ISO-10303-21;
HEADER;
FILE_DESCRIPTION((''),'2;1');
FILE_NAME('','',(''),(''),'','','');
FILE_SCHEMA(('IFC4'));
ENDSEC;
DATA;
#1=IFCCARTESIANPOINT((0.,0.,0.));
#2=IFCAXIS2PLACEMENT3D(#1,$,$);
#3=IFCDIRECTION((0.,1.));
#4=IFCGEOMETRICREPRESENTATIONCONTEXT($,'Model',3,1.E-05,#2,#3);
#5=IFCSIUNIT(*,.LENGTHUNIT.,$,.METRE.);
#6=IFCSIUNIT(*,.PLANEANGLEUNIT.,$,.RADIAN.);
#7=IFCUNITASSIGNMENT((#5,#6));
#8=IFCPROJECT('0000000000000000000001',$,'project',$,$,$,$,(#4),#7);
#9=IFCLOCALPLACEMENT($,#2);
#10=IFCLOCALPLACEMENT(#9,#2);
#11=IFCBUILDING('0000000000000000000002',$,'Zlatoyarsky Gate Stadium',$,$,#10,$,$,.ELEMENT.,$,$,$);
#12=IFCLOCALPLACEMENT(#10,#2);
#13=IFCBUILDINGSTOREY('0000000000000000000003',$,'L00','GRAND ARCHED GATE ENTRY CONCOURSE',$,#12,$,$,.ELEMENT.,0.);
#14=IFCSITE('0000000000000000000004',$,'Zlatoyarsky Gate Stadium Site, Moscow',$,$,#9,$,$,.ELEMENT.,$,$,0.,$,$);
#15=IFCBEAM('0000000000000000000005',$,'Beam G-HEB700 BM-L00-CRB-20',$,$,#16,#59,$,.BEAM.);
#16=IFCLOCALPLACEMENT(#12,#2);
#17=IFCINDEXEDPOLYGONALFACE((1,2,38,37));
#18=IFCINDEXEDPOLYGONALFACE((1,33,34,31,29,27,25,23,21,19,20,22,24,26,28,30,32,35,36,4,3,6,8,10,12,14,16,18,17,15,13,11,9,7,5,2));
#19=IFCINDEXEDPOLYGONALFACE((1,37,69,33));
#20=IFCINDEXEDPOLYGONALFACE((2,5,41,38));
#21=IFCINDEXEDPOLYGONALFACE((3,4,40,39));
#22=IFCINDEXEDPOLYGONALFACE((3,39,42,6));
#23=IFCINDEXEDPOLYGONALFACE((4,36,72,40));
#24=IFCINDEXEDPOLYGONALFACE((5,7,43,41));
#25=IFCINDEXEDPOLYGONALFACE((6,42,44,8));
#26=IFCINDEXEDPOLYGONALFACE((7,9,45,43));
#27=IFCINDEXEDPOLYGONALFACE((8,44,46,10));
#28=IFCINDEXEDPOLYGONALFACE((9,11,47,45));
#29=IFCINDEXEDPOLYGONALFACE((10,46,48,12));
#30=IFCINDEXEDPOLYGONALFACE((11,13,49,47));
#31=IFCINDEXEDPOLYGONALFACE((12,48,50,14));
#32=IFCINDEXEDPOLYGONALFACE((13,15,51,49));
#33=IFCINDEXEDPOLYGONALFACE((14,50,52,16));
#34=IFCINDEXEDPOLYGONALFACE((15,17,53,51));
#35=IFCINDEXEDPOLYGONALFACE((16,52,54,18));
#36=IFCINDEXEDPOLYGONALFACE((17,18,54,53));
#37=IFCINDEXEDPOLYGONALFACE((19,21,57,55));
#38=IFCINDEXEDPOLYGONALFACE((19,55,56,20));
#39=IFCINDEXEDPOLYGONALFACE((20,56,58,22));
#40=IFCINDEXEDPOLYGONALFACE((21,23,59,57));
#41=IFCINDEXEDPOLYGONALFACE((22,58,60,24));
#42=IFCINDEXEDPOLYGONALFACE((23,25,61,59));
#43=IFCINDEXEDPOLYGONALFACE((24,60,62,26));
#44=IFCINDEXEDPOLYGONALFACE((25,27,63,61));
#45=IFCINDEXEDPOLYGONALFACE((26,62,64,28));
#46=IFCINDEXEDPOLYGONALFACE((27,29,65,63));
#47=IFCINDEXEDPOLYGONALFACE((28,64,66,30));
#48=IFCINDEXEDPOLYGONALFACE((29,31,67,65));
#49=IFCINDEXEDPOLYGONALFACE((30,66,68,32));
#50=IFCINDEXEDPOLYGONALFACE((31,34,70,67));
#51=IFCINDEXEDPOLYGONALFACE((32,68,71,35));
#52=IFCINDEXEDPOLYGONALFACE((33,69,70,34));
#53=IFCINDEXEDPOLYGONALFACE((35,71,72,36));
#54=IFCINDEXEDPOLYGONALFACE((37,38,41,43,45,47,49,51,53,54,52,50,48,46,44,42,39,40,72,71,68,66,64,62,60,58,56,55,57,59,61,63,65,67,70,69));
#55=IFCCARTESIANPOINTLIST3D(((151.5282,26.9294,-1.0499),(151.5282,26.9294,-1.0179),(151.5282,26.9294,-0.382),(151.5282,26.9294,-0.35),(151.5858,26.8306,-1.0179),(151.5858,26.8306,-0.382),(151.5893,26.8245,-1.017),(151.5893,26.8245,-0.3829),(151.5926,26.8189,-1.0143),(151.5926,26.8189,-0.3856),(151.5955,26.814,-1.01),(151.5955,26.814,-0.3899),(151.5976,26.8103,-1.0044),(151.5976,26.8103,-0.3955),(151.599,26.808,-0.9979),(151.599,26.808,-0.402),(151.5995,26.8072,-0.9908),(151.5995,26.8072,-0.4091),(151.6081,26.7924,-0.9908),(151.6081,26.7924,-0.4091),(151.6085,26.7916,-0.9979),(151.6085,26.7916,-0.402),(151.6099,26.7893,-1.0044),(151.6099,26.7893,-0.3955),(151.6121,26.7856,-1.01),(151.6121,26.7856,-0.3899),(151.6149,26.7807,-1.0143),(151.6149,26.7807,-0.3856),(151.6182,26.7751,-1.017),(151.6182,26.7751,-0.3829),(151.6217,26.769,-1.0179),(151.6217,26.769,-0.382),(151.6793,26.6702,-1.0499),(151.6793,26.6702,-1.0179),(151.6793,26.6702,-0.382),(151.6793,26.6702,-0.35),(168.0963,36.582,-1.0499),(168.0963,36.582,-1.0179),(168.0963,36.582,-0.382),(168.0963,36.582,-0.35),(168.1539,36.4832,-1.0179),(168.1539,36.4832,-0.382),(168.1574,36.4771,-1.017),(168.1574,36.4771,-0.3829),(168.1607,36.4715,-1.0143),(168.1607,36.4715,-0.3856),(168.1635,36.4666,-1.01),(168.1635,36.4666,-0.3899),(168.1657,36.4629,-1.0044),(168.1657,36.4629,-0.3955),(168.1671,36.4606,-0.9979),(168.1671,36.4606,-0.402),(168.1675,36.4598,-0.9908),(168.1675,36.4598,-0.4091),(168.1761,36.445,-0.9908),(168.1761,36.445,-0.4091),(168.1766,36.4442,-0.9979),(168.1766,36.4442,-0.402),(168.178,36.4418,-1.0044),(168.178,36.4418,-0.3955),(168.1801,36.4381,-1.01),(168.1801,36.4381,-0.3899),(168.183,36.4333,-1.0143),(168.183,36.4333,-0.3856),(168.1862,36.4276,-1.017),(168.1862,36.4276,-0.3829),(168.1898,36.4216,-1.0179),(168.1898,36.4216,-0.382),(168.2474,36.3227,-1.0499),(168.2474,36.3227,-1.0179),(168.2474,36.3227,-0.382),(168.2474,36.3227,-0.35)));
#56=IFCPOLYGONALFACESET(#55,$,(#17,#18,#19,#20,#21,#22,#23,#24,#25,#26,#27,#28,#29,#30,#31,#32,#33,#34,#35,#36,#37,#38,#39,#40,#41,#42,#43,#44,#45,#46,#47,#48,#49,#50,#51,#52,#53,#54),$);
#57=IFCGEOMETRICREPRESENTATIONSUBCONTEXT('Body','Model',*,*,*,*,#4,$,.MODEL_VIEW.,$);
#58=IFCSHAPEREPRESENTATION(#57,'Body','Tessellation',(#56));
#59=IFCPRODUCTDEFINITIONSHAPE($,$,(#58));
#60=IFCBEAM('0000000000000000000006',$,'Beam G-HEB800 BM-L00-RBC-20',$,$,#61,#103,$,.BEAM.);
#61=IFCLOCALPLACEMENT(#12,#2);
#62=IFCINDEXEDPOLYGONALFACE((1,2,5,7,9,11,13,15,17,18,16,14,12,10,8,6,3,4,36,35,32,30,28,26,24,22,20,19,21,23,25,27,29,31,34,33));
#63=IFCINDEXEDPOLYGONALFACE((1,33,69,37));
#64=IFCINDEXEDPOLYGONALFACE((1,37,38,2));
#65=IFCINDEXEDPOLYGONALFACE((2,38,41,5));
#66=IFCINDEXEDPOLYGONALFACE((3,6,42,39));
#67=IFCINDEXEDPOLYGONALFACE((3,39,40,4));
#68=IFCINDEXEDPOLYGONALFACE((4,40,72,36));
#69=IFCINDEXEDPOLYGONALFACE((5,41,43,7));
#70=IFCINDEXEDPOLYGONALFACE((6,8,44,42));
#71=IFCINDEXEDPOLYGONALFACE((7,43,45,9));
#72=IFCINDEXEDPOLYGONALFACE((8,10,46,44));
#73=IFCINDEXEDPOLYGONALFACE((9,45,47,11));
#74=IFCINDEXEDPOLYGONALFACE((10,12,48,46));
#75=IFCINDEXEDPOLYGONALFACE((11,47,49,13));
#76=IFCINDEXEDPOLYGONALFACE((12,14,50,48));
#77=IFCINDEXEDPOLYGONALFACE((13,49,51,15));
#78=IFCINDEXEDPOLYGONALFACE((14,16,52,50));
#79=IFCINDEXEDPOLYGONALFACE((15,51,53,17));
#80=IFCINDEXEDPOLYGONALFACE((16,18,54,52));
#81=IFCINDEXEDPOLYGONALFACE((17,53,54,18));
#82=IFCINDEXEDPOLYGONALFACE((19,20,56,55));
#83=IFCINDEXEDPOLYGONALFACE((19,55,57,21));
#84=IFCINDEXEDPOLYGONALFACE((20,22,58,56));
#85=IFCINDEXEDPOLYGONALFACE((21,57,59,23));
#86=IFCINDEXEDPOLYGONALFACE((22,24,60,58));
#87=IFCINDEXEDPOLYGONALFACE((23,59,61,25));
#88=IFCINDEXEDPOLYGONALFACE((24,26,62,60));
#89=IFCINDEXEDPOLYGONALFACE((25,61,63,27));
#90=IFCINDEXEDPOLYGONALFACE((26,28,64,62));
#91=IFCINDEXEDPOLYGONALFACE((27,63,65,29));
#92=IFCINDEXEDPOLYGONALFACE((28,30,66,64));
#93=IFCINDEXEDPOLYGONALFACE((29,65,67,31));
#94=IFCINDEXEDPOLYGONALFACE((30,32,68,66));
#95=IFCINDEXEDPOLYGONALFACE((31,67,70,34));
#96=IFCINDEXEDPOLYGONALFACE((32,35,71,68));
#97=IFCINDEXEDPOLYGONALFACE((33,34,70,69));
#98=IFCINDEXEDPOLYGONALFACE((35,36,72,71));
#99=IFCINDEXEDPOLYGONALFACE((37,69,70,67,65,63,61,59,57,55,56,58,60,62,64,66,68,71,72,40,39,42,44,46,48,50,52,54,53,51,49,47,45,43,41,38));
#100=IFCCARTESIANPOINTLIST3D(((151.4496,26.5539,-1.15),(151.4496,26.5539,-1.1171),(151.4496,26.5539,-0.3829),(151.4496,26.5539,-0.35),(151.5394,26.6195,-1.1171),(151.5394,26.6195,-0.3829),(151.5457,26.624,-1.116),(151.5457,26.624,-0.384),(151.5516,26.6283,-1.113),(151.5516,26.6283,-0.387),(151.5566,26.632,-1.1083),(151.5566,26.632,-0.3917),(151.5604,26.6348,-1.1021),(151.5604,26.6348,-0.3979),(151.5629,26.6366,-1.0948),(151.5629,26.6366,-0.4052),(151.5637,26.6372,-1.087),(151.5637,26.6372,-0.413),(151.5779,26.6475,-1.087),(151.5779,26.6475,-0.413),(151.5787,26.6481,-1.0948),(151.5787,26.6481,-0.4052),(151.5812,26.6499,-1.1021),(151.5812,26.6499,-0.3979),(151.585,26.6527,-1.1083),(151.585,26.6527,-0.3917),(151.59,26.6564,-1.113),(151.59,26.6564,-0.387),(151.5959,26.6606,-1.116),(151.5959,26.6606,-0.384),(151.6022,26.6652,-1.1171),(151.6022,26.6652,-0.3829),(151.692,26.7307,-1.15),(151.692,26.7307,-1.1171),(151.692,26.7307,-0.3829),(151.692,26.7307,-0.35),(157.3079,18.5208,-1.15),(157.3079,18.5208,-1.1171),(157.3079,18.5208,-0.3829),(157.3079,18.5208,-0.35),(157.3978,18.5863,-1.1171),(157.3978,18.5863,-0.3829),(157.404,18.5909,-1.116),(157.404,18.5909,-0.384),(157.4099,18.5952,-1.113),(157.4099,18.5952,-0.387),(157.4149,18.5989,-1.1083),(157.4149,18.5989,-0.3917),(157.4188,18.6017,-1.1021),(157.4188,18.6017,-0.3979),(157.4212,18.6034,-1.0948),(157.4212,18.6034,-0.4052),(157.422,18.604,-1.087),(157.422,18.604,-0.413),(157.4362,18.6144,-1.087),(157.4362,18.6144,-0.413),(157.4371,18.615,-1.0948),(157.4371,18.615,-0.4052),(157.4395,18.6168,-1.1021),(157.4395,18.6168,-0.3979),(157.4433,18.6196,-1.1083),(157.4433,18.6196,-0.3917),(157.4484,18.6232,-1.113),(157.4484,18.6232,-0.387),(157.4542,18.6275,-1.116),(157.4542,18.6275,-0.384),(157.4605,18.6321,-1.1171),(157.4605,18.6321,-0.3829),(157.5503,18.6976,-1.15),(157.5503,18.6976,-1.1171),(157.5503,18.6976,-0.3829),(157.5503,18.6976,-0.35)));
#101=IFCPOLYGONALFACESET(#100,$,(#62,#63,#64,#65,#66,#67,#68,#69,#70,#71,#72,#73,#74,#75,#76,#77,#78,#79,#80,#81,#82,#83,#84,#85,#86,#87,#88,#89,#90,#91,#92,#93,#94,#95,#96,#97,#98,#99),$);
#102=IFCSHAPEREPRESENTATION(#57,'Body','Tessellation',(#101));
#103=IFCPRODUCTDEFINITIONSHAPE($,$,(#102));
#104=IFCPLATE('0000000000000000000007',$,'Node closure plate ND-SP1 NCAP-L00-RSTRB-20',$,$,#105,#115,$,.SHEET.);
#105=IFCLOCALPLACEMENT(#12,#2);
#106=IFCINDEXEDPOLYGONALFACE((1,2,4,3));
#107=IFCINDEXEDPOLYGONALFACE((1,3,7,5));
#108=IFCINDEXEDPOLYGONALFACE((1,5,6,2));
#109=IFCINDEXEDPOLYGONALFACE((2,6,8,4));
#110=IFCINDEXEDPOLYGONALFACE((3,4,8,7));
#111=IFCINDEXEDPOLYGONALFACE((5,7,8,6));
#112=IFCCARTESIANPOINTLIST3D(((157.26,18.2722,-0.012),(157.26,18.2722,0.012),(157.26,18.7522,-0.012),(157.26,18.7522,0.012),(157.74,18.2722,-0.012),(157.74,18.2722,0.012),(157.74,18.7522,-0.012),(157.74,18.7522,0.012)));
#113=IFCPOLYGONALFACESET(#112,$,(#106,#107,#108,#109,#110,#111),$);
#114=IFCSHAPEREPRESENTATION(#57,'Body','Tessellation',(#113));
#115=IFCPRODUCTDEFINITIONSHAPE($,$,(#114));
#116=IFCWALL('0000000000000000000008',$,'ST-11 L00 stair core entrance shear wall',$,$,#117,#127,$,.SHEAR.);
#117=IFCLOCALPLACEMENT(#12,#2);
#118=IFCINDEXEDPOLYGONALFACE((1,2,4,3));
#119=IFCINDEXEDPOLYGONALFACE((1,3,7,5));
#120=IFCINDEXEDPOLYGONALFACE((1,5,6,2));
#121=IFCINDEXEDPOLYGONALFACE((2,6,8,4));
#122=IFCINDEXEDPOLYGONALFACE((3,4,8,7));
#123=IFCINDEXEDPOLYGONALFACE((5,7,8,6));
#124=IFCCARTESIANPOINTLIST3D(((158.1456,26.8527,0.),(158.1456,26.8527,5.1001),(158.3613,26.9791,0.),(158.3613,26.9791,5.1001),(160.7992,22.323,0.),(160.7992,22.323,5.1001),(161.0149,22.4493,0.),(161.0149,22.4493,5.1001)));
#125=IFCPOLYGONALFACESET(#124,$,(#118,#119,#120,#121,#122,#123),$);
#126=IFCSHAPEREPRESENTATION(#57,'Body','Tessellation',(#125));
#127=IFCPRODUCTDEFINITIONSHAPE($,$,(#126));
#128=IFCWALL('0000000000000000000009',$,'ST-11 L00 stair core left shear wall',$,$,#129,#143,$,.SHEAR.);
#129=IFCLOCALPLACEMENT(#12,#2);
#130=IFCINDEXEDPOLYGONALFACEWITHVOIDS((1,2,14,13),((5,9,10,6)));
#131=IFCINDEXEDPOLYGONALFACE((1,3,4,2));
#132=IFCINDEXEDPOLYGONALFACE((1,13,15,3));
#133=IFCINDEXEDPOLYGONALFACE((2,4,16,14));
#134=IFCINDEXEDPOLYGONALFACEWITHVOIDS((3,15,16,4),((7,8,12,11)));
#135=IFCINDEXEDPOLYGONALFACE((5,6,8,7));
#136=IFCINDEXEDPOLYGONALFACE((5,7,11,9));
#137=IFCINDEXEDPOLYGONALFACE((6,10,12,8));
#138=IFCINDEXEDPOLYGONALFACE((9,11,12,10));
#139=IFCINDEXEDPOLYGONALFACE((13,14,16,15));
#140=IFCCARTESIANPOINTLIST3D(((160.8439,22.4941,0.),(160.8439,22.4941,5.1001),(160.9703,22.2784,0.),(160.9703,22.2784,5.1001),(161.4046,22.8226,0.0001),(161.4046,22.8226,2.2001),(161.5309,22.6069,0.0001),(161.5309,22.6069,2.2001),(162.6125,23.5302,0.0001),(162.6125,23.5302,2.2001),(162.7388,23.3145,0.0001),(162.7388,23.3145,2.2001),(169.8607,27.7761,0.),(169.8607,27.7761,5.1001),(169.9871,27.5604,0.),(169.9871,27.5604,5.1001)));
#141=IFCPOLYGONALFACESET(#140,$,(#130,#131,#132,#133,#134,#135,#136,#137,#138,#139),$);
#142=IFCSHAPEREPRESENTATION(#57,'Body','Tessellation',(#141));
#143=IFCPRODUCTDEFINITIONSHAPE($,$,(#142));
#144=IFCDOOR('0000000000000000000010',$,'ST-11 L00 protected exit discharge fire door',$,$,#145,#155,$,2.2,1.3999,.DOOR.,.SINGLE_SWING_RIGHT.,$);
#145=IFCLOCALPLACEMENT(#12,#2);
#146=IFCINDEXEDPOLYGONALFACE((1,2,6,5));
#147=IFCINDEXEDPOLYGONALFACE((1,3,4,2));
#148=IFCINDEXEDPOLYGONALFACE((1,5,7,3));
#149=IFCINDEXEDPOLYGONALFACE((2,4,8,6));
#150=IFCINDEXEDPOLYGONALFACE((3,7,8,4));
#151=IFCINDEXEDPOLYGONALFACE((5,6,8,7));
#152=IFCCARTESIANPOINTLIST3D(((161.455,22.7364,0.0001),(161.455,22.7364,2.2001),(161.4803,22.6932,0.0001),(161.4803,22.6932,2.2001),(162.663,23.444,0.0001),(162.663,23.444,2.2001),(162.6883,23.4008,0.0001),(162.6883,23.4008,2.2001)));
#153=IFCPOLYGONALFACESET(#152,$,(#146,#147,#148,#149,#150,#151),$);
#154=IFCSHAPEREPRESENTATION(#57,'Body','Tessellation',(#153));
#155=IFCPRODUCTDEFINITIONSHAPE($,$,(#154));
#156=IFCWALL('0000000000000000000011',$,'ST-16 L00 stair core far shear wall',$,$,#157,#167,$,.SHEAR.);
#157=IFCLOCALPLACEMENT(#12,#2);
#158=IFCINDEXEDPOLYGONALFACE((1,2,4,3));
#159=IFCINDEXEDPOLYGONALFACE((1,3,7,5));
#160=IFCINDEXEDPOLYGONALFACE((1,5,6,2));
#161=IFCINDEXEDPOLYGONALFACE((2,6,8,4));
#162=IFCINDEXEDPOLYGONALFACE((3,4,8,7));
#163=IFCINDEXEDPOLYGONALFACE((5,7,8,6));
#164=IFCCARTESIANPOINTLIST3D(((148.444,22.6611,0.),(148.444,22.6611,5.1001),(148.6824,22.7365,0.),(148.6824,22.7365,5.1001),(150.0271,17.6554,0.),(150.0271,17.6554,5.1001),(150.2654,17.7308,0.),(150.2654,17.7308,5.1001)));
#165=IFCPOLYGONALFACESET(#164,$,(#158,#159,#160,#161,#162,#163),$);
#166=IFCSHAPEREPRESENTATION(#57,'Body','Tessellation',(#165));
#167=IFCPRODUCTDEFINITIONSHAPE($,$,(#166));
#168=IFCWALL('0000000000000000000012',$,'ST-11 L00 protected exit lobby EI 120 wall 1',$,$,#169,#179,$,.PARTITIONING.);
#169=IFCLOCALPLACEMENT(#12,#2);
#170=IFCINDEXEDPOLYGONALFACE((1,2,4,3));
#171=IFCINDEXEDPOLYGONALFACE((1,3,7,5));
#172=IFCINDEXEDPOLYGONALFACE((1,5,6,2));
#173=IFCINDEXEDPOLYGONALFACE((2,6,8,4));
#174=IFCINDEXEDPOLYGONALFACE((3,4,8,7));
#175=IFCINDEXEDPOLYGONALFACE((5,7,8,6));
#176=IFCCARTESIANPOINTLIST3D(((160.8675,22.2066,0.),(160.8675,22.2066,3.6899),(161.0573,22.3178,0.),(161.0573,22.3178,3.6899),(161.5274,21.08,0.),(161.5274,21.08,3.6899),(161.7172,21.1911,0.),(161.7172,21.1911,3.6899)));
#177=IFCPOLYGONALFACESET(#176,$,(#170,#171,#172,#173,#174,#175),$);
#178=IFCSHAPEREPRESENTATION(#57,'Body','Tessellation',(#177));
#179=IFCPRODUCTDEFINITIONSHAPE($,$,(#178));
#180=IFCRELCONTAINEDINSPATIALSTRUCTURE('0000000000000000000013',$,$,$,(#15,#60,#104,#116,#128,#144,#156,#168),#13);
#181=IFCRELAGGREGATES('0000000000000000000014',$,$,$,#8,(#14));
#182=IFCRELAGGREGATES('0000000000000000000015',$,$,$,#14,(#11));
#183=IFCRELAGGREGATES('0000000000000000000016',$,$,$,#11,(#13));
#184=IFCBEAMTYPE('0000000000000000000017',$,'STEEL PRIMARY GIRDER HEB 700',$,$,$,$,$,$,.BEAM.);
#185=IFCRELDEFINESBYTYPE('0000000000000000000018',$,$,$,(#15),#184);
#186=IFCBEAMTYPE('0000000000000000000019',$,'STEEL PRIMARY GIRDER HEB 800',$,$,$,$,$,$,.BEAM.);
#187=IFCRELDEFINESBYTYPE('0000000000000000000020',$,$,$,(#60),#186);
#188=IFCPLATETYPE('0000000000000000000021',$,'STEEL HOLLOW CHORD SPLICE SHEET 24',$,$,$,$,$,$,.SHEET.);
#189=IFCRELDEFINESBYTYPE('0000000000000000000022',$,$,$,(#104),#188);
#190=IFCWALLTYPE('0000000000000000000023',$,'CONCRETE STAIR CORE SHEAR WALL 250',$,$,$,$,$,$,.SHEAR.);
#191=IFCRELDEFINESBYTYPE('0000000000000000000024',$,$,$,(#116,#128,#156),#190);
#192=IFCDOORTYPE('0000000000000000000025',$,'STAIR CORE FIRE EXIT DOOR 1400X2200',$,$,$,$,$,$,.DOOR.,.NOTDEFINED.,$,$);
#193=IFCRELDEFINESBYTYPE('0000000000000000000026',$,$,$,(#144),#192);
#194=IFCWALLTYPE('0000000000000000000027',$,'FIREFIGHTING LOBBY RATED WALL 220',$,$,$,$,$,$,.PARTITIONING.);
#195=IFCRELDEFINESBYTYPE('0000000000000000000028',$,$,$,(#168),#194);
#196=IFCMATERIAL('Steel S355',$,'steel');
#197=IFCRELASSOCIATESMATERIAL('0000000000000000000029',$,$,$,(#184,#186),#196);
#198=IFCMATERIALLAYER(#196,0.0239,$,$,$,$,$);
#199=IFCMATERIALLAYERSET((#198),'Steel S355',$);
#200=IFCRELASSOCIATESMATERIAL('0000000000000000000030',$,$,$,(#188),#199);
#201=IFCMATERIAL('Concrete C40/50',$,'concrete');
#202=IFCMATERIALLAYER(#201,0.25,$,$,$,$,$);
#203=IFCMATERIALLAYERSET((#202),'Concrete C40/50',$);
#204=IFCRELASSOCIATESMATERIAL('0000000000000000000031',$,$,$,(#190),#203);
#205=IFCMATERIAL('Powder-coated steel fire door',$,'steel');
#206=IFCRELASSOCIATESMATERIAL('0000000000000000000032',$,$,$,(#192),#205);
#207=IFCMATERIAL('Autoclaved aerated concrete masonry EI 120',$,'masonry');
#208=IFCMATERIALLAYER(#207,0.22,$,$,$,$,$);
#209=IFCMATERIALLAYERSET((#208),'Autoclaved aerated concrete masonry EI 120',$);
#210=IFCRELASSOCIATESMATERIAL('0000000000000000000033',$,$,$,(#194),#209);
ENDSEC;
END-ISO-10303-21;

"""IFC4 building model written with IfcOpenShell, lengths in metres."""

from ifc_helpers import new_model, si_unit, direction, frame, frame_2d, origin, origin_2d, place, context, subcontext, project, spatial, rectangle, i_section, extrude, material, layer, layer_set, material_profile, profile_set, type_object, element, fill, save


model = new_model("IFC4")

# Units and contexts
model_context = context("Model", 3, precision=1e-05, world=origin(), true_north=direction((0.0, 1.0)))
body_context = subcontext(model_context, "Body", "Model", "MODEL_VIEW")
ifc_project = project(units=[si_unit("LENGTHUNIT", "METRE"), si_unit("PLANEANGLEUNIT", "RADIAN")], contexts=[model_context])

# Site, building, storey
site_placement = place(None, origin())
site = spatial("IfcSite", under=ifc_project, at=site_placement, Name="Zlatoyarsky Gate Stadium Site, Moscow", CompositionType="ELEMENT", RefElevation=0.0)
building_placement = place(site_placement, origin())
building = spatial("IfcBuilding", under=site, at=building_placement, Name="Zlatoyarsky Gate Stadium", CompositionType="ELEMENT")
storey_placement = place(building_placement, origin())
storey = spatial("IfcBuildingStorey", under=building, at=storey_placement, Name="L00", Description="GRAND ARCHED GATE ENTRY CONCOURSE", CompositionType="ELEMENT", Elevation=0.0)

# Shared definitions
ifc_material_1 = material(Name="Concrete C40/50", Category="concrete")

# Shared definitions
ifc_material_2 = material(Name="Steel S355", Category="steel")

# Beams
ifc_material_profile_1 = material_profile(ifc_material_2, i_section(OverallWidth=0.3, OverallDepth=0.7, WebThickness=0.0171, FlangeThickness=0.032, FilletRadius=0.0271, at=origin_2d()), Name="HEB 700")
ifc_profile_set_1 = profile_set([ifc_material_profile_1], Name="Steel S355")
beam_type_1 = type_object("IfcBeamType", Name="STEEL PRIMARY GIRDER HEB 700", PredefinedType="BEAM", material=ifc_profile_set_1)
beam_1_placement = place(storey_placement, frame((151.6038, 26.7998, -0.7), z_axis=(0.864054, 0.503398, 0.0), x_axis=(-0.503398, 0.864054, 0.0)))
element("IfcBeam", 1, at=beam_1_placement, inside=storey, type_object=beam_type_1, Name="Beam G-HEB700 BM-L00-CRB-20", PredefinedType="BEAM", context=body_context, shape_type="SweptSolid", body=[
    extrude(i_section(OverallWidth=0.3, OverallDepth=0.7, WebThickness=0.0171, FlangeThickness=0.032, FilletRadius=0.0271, at=origin_2d()), origin(), (0.0, 0.0, 1.0), 19.1748),
])
ifc_material_profile_2 = material_profile(ifc_material_2, i_section(OverallWidth=0.3, OverallDepth=0.8, WebThickness=0.0176, FlangeThickness=0.033, FilletRadius=0.03, at=origin_2d()), Name="HEB 800")
ifc_profile_set_2 = profile_set([ifc_material_profile_2], Name="Steel S355")
beam_type_2 = type_object("IfcBeamType", Name="STEEL PRIMARY GIRDER HEB 800", PredefinedType="BEAM", material=ifc_profile_set_2)
beam_2_placement = place(storey_placement, frame((151.5708, 26.6423, -0.75), z_axis=(0.589228, -0.807967, 0.0), x_axis=(0.807967, 0.589228, 0.0)))
element("IfcBeam", 2, at=beam_2_placement, inside=storey, type_object=beam_type_2, Name="Beam G-HEB800 BM-L00-RBC-20", PredefinedType="BEAM", context=body_context, shape_type="SweptSolid", body=[
    extrude(i_section(OverallWidth=0.3, OverallDepth=0.8, WebThickness=0.0176, FlangeThickness=0.033, FilletRadius=0.03, at=origin_2d()), origin(), (0.0, 0.0, 1.0), 9.9424),
])

# Plate
ifc_layer_1 = layer(ifc_material_2, 0.0239)
ifc_layer_set_1 = layer_set([ifc_layer_1], Name="Steel S355")
plate_type = type_object("IfcPlateType", Name="STEEL HOLLOW CHORD SPLICE SHEET 24", PredefinedType="SHEET", material=ifc_layer_set_1)
plate_placement = place(storey_placement, frame((157.5, 18.5122, -0.012), z_axis=(0.0, 0.0, 1.0), x_axis=(1.0, 0.0, 0.0)))
element("IfcPlate", 3, at=plate_placement, inside=storey, type_object=plate_type, Name="Node closure plate ND-SP1 NCAP-L00-RSTRB-20", PredefinedType="SHEET", context=body_context, shape_type="SweptSolid", body=[
    extrude(rectangle(XDim=0.48, YDim=0.48, at=origin_2d()), origin(), (0.0, 0.0, 1.0), 0.0239),
])

# Wall
ifc_layer_2 = layer(ifc_material_1, 0.25)
ifc_layer_set_2 = layer_set([ifc_layer_2], Name="Concrete C40/50")
wall_type_1 = type_object("IfcWallType", Name="CONCRETE STAIR CORE SHEAR WALL 250", PredefinedType="SHEAR", material=ifc_layer_set_2)
wall_1_placement = place(storey_placement, frame((158.2534, 26.916, 0.0), z_axis=(0.0, 0.0, 1.0), x_axis=(0.50546, -0.86285, 0.0)))
element("IfcWall", 4, at=wall_1_placement, inside=storey, type_object=wall_type_1, Name="ST-11 L00 stair core entrance shear wall", PredefinedType="SHEAR", context=body_context, shape_type="SweptSolid", body=[
    extrude(rectangle(XDim=5.2498, YDim=0.25, at=frame_2d((2.625, 0.0))), origin(), (0.0, 0.0, 1.0), 5.1001),
])

# Wall, opening, door
wall_2_placement = place(storey_placement, frame((160.907, 22.3862, 0.0), z_axis=(0.0, 0.0, 1.0), x_axis=(0.862855, 0.505452, 0.0)))
wall_2 = element("IfcWall", 5, at=wall_2_placement, inside=storey, type_object=wall_type_1, Name="ST-11 L00 stair core left shear wall", PredefinedType="SHEAR", context=body_context, shape_type="SweptSolid", body=[
    extrude(rectangle(XDim=10.45, YDim=0.25, at=frame_2d((5.2251, 0.0))), origin(), (0.0, 0.0, 1.0), 5.1001),
])
opening_1_placement = place(wall_2_placement, frame((0.6499, 0.0, 0.0)))
opening_1 = element("IfcOpeningElement", 6, at=opening_1_placement, cuts=wall_2, PredefinedType="OPENING", context=body_context, shape_type="SweptSolid", body=[
    extrude(rectangle(XDim=1.3999, YDim=2.2, at=frame_2d((0.7, 1.1001))), frame((0.0, 0.135, 0.0), z_axis=(0.0, -1.0, 0.0), x_axis=(1.0, 0.0, 0.0)), (0.0, 0.0, 1.0), 0.27),
])
ifc_material_3 = material(Name="Powder-coated steel fire door", Category="steel")
door_type_1 = type_object("IfcDoorType", Name="STAIR CORE FIRE EXIT DOOR 1400X2200", OperationType="NOTDEFINED", PredefinedType="DOOR", material=ifc_material_3)
door_1_placement = place(opening_1_placement, frame((1.3999, 0.0, 0.0), z_axis=(0.0, 0.0, 1.0), x_axis=(-1.0, 0.0, 0.0)))
door_1 = element("IfcDoor", 7, at=door_1_placement, inside=storey, type_object=door_type_1, Name="ST-11 L00 protected exit discharge fire door", OperationType="SINGLE_SWING_RIGHT", OverallHeight=2.2, OverallWidth=1.3999, PredefinedType="DOOR", context=body_context, shape_type="SweptSolid", body=[
    extrude(rectangle(XDim=1.3999, YDim=2.2, at=frame_2d((0.7, 1.1001))), frame((0.0, 0.0249, 0.0), z_axis=(0.0, -1.0, 0.0), x_axis=(1.0, 0.0, 0.0)), (0.0, 0.0, 1.0), 0.05),
])
fill(opening_1, door_1)

# Walls
wall_3_placement = place(storey_placement, frame((150.1462, 17.6931, 0.0), z_axis=(0.0, 0.0, 1.0), x_axis=(-0.301527, 0.953457, 0.0)))
element("IfcWall", 8, at=wall_3_placement, inside=storey, type_object=wall_type_1, Name="ST-16 L00 stair core far shear wall", PredefinedType="SHEAR", context=body_context, shape_type="SweptSolid", body=[
    extrude(rectangle(XDim=5.25, YDim=0.25, at=frame_2d((2.625, 0.0))), origin(), (0.0, 0.0, 1.0), 5.1001),
])
ifc_material_4 = material(Name="Autoclaved aerated concrete masonry EI 120", Category="masonry")
ifc_layer_3 = layer(ifc_material_4, 0.22)
ifc_layer_set_3 = layer_set([ifc_layer_3], Name="Autoclaved aerated concrete masonry EI 120")
wall_type_2 = type_object("IfcWallType", Name="FIREFIGHTING LOBBY RATED WALL 220", PredefinedType="PARTITIONING", material=ifc_layer_set_3)
for number, where, z_axis, x_axis, name in (
    (9, (160.9624, 22.2622, 0.0), (0.0, 0.0, 1.0), (0.505393, -0.862889, 0.0), "ST-11 L00 protected exit lobby EI 120 wall 1"),
):
    element("IfcWall", number, at=place(storey_placement, frame(where, z_axis=z_axis, x_axis=x_axis)), inside=storey, type_object=wall_type_2, Name=name, PredefinedType="PARTITIONING", context=body_context, shape_type="SweptSolid", body=[
        extrude(rectangle(XDim=1.3057, YDim=0.22, at=frame_2d((0.6528, 0.0))), origin(), (0.0, 0.0, 1.0), 3.6899),
    ])

save(model, "model.ifc")
